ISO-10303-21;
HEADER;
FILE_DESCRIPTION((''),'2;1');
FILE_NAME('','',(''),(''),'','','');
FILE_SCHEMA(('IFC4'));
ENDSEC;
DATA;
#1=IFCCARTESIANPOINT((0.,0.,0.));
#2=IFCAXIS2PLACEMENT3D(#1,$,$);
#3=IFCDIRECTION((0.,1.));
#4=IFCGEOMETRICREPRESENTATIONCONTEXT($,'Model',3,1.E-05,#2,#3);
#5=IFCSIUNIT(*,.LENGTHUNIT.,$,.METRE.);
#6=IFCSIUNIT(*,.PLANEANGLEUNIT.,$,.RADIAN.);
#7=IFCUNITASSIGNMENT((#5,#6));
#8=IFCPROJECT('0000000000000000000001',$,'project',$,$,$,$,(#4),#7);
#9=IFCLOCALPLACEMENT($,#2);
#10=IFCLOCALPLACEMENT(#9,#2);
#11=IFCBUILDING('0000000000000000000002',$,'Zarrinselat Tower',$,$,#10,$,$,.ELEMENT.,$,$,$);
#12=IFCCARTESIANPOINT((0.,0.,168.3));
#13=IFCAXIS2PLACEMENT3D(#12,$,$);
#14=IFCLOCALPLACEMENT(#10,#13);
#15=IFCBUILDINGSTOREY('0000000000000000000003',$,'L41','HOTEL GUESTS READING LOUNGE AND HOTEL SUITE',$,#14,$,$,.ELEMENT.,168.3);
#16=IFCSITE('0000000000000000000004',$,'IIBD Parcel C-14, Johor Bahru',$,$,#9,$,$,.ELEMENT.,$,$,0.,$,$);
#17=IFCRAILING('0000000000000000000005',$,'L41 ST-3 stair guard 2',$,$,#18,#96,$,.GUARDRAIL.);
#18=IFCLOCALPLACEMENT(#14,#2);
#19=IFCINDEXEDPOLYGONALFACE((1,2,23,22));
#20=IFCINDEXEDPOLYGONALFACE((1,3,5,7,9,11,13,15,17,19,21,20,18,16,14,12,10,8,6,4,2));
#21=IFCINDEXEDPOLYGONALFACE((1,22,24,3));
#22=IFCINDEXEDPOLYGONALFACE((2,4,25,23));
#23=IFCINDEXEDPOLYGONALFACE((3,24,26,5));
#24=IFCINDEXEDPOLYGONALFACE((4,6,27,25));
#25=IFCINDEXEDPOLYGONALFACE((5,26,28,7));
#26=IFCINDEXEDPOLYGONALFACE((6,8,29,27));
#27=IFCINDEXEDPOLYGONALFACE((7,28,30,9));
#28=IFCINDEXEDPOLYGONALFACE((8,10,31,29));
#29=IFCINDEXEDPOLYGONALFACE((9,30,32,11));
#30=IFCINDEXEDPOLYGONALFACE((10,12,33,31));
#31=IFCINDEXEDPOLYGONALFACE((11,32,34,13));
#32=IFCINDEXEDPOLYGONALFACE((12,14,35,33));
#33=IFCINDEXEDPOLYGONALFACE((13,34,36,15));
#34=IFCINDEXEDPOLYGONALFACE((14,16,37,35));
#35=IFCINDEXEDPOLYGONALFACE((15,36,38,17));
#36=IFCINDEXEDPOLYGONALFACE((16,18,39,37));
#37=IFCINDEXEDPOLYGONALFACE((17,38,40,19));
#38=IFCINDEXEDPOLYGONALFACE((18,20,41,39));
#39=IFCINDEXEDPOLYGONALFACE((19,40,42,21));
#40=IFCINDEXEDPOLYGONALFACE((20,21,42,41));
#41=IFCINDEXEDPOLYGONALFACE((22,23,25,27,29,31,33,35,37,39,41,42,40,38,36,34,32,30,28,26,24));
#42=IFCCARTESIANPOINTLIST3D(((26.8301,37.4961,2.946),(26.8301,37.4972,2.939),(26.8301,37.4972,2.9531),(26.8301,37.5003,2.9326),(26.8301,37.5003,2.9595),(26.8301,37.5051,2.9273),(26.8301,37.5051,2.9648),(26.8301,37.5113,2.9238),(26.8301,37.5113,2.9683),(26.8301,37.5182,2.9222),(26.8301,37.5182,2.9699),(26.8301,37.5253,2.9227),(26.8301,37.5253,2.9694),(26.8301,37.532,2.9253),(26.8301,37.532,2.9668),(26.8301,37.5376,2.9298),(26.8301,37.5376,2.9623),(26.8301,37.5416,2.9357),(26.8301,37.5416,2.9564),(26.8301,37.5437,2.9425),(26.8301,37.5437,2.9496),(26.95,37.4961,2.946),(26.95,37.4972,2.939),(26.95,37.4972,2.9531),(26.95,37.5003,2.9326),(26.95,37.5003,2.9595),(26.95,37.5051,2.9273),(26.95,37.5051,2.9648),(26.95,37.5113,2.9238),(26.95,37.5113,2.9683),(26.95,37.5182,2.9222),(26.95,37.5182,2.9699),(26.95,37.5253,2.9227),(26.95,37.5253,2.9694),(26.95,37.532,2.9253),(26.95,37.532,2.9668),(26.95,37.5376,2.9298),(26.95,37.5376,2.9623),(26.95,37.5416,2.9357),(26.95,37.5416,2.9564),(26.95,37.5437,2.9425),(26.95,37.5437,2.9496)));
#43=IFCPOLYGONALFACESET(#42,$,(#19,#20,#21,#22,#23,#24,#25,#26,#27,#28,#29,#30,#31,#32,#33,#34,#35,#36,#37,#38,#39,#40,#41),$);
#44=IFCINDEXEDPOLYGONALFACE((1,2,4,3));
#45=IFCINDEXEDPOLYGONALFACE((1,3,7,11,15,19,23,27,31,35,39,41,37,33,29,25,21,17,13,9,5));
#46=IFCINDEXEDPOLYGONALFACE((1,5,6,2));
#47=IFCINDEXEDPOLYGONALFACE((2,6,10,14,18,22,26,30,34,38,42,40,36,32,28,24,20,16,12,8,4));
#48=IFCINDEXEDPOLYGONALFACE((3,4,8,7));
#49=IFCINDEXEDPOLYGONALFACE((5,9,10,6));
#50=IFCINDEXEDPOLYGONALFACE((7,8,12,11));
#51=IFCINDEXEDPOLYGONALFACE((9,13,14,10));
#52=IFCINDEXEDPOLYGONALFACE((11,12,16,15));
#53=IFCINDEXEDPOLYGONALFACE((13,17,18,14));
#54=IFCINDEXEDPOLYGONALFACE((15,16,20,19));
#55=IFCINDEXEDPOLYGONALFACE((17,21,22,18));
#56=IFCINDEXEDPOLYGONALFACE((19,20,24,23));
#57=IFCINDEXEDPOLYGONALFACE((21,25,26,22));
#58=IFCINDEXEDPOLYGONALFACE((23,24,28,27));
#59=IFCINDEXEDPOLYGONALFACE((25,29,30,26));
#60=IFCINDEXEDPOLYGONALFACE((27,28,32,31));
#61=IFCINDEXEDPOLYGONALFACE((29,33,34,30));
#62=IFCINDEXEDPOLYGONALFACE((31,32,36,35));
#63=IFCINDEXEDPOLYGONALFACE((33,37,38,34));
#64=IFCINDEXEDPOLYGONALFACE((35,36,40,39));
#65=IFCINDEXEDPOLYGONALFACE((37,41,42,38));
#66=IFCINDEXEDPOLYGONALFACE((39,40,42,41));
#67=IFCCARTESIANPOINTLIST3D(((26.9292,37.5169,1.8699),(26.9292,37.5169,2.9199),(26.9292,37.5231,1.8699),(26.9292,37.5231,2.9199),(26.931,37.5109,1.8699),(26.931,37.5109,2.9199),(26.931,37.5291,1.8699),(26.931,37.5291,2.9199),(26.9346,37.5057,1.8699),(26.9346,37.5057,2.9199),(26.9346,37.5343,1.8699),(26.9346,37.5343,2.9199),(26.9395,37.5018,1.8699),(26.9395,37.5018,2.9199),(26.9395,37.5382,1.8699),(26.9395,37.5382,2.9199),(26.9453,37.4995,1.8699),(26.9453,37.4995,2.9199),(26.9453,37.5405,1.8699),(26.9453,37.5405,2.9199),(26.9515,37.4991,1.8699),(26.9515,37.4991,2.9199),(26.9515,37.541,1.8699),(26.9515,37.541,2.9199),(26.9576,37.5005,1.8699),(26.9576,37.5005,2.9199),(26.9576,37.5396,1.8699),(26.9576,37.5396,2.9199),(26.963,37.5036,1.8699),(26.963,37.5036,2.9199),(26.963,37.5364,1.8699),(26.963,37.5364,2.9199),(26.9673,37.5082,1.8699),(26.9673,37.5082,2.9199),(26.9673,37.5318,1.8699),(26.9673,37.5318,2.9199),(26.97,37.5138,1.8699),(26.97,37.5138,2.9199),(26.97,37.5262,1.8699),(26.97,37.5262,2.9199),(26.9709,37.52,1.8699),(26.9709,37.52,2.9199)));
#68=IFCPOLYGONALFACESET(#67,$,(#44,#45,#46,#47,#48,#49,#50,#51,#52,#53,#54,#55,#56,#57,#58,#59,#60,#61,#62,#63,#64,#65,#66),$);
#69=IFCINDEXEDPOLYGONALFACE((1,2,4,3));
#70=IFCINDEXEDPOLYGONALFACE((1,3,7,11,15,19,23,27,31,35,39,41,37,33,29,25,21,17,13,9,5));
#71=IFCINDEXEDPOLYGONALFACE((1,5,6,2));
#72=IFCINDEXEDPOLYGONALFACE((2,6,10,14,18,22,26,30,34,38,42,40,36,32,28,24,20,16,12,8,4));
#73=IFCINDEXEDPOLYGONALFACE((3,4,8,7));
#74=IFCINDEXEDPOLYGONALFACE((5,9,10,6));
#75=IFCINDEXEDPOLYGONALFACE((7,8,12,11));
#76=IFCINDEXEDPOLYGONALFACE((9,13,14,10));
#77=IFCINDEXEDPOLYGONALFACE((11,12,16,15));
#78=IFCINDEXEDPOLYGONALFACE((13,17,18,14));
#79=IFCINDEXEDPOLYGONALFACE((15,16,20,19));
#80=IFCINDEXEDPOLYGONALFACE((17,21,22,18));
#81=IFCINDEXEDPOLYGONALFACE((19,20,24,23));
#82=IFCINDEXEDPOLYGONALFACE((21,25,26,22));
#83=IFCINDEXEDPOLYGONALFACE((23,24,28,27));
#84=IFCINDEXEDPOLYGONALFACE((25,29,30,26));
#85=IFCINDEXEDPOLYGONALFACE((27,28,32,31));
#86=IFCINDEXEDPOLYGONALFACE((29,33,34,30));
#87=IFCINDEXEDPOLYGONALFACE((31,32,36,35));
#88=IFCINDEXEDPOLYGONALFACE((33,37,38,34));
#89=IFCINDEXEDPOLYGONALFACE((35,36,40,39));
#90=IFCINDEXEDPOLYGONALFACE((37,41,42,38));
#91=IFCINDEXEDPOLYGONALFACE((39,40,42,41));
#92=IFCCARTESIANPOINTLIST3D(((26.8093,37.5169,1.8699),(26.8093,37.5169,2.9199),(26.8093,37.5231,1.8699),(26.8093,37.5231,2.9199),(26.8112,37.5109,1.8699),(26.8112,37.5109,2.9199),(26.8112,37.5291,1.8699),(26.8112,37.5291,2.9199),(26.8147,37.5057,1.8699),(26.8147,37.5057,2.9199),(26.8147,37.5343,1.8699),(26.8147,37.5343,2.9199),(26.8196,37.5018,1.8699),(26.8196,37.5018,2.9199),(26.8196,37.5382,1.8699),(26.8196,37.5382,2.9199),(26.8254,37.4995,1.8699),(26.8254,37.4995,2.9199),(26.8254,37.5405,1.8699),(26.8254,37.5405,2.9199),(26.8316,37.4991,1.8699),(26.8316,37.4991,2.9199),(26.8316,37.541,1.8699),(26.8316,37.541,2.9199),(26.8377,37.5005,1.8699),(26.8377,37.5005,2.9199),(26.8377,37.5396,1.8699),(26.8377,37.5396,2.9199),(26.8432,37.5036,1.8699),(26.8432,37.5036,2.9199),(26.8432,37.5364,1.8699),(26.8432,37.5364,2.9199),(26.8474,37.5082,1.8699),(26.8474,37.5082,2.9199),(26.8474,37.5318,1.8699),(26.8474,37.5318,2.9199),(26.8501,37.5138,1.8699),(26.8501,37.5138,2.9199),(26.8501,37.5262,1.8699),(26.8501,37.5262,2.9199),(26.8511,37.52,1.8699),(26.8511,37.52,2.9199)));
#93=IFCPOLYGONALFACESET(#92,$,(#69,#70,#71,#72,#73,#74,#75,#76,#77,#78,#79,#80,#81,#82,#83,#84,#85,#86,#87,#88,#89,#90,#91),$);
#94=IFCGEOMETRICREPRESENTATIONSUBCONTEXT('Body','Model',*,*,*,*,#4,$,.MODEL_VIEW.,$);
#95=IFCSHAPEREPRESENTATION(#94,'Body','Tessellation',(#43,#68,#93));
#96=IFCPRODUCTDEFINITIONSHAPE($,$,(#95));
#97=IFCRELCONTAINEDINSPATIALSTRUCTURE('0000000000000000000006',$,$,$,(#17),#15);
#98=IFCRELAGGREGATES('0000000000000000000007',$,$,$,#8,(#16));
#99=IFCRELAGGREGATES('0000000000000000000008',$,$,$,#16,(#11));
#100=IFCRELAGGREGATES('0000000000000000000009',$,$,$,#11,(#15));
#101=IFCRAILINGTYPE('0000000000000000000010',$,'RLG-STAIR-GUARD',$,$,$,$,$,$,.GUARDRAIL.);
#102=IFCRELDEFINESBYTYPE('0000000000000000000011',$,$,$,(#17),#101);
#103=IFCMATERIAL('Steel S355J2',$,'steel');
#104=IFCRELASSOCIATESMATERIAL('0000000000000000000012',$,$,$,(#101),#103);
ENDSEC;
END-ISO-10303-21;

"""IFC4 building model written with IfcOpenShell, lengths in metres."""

from ifc_helpers import new_model, si_unit, direction, frame, origin, origin_2d, place, context, subcontext, project, spatial, circle, extrude, material, type_object, element, save


model = new_model("IFC4")

# Units and contexts
model_context = context("Model", 3, precision=1e-05, world=origin(), true_north=direction((0.0, 1.0)))
body_context = subcontext(model_context, "Body", "Model", "MODEL_VIEW")
ifc_project = project(units=[si_unit("LENGTHUNIT", "METRE"), si_unit("PLANEANGLEUNIT", "RADIAN")], contexts=[model_context])

# Site, building, storey
site_placement = place(None, origin())
site = spatial("IfcSite", under=ifc_project, at=site_placement, Name="IIBD Parcel C-14, Johor Bahru", CompositionType="ELEMENT", RefElevation=0.0)
building_placement = place(site_placement, origin())
building = spatial("IfcBuilding", under=site, at=building_placement, Name="Zarrinselat Tower", CompositionType="ELEMENT")
storey_placement = place(building_placement, frame((0.0, 0.0, 168.3)))
storey = spatial("IfcBuildingStorey", under=building, at=storey_placement, Name="L41", Description="HOTEL GUESTS READING LOUNGE AND HOTEL SUITE", CompositionType="ELEMENT", Elevation=168.3)

# Railing
ifc_material_1 = material(Name="Steel S355J2", Category="steel")
railing_type_1 = type_object("IfcRailingType", Name="RLG-STAIR-GUARD", PredefinedType="GUARDRAIL", material=ifc_material_1)
railing_1_placement = place(storey_placement, frame((26.95, 37.52, 1.8699)))
element("IfcRailing", 1, at=railing_1_placement, inside=storey, type_object=railing_type_1, Name="L41 ST-3 stair guard 2", PredefinedType="GUARDRAIL", context=body_context, shape_type="SweptSolid", body=[
    extrude(circle(Radius=0.0239, at=origin_2d()), frame((0.0, 0.0, 1.0762), z_axis=(-1.0, 0.0, 0.0), x_axis=(0.0, -1.0, 0.0)), (0.0, 0.0, 1.0), 0.1199),
    extrude(circle(Radius=0.021, at=origin_2d()), origin(), (0.0, 0.0, 1.0), 1.05),
    extrude(circle(Radius=0.021, at=origin_2d()), frame((-0.1199, 0.0, 0.0)), (0.0, 0.0, 1.0), 1.05),
])

save(model, "model.ifc")
